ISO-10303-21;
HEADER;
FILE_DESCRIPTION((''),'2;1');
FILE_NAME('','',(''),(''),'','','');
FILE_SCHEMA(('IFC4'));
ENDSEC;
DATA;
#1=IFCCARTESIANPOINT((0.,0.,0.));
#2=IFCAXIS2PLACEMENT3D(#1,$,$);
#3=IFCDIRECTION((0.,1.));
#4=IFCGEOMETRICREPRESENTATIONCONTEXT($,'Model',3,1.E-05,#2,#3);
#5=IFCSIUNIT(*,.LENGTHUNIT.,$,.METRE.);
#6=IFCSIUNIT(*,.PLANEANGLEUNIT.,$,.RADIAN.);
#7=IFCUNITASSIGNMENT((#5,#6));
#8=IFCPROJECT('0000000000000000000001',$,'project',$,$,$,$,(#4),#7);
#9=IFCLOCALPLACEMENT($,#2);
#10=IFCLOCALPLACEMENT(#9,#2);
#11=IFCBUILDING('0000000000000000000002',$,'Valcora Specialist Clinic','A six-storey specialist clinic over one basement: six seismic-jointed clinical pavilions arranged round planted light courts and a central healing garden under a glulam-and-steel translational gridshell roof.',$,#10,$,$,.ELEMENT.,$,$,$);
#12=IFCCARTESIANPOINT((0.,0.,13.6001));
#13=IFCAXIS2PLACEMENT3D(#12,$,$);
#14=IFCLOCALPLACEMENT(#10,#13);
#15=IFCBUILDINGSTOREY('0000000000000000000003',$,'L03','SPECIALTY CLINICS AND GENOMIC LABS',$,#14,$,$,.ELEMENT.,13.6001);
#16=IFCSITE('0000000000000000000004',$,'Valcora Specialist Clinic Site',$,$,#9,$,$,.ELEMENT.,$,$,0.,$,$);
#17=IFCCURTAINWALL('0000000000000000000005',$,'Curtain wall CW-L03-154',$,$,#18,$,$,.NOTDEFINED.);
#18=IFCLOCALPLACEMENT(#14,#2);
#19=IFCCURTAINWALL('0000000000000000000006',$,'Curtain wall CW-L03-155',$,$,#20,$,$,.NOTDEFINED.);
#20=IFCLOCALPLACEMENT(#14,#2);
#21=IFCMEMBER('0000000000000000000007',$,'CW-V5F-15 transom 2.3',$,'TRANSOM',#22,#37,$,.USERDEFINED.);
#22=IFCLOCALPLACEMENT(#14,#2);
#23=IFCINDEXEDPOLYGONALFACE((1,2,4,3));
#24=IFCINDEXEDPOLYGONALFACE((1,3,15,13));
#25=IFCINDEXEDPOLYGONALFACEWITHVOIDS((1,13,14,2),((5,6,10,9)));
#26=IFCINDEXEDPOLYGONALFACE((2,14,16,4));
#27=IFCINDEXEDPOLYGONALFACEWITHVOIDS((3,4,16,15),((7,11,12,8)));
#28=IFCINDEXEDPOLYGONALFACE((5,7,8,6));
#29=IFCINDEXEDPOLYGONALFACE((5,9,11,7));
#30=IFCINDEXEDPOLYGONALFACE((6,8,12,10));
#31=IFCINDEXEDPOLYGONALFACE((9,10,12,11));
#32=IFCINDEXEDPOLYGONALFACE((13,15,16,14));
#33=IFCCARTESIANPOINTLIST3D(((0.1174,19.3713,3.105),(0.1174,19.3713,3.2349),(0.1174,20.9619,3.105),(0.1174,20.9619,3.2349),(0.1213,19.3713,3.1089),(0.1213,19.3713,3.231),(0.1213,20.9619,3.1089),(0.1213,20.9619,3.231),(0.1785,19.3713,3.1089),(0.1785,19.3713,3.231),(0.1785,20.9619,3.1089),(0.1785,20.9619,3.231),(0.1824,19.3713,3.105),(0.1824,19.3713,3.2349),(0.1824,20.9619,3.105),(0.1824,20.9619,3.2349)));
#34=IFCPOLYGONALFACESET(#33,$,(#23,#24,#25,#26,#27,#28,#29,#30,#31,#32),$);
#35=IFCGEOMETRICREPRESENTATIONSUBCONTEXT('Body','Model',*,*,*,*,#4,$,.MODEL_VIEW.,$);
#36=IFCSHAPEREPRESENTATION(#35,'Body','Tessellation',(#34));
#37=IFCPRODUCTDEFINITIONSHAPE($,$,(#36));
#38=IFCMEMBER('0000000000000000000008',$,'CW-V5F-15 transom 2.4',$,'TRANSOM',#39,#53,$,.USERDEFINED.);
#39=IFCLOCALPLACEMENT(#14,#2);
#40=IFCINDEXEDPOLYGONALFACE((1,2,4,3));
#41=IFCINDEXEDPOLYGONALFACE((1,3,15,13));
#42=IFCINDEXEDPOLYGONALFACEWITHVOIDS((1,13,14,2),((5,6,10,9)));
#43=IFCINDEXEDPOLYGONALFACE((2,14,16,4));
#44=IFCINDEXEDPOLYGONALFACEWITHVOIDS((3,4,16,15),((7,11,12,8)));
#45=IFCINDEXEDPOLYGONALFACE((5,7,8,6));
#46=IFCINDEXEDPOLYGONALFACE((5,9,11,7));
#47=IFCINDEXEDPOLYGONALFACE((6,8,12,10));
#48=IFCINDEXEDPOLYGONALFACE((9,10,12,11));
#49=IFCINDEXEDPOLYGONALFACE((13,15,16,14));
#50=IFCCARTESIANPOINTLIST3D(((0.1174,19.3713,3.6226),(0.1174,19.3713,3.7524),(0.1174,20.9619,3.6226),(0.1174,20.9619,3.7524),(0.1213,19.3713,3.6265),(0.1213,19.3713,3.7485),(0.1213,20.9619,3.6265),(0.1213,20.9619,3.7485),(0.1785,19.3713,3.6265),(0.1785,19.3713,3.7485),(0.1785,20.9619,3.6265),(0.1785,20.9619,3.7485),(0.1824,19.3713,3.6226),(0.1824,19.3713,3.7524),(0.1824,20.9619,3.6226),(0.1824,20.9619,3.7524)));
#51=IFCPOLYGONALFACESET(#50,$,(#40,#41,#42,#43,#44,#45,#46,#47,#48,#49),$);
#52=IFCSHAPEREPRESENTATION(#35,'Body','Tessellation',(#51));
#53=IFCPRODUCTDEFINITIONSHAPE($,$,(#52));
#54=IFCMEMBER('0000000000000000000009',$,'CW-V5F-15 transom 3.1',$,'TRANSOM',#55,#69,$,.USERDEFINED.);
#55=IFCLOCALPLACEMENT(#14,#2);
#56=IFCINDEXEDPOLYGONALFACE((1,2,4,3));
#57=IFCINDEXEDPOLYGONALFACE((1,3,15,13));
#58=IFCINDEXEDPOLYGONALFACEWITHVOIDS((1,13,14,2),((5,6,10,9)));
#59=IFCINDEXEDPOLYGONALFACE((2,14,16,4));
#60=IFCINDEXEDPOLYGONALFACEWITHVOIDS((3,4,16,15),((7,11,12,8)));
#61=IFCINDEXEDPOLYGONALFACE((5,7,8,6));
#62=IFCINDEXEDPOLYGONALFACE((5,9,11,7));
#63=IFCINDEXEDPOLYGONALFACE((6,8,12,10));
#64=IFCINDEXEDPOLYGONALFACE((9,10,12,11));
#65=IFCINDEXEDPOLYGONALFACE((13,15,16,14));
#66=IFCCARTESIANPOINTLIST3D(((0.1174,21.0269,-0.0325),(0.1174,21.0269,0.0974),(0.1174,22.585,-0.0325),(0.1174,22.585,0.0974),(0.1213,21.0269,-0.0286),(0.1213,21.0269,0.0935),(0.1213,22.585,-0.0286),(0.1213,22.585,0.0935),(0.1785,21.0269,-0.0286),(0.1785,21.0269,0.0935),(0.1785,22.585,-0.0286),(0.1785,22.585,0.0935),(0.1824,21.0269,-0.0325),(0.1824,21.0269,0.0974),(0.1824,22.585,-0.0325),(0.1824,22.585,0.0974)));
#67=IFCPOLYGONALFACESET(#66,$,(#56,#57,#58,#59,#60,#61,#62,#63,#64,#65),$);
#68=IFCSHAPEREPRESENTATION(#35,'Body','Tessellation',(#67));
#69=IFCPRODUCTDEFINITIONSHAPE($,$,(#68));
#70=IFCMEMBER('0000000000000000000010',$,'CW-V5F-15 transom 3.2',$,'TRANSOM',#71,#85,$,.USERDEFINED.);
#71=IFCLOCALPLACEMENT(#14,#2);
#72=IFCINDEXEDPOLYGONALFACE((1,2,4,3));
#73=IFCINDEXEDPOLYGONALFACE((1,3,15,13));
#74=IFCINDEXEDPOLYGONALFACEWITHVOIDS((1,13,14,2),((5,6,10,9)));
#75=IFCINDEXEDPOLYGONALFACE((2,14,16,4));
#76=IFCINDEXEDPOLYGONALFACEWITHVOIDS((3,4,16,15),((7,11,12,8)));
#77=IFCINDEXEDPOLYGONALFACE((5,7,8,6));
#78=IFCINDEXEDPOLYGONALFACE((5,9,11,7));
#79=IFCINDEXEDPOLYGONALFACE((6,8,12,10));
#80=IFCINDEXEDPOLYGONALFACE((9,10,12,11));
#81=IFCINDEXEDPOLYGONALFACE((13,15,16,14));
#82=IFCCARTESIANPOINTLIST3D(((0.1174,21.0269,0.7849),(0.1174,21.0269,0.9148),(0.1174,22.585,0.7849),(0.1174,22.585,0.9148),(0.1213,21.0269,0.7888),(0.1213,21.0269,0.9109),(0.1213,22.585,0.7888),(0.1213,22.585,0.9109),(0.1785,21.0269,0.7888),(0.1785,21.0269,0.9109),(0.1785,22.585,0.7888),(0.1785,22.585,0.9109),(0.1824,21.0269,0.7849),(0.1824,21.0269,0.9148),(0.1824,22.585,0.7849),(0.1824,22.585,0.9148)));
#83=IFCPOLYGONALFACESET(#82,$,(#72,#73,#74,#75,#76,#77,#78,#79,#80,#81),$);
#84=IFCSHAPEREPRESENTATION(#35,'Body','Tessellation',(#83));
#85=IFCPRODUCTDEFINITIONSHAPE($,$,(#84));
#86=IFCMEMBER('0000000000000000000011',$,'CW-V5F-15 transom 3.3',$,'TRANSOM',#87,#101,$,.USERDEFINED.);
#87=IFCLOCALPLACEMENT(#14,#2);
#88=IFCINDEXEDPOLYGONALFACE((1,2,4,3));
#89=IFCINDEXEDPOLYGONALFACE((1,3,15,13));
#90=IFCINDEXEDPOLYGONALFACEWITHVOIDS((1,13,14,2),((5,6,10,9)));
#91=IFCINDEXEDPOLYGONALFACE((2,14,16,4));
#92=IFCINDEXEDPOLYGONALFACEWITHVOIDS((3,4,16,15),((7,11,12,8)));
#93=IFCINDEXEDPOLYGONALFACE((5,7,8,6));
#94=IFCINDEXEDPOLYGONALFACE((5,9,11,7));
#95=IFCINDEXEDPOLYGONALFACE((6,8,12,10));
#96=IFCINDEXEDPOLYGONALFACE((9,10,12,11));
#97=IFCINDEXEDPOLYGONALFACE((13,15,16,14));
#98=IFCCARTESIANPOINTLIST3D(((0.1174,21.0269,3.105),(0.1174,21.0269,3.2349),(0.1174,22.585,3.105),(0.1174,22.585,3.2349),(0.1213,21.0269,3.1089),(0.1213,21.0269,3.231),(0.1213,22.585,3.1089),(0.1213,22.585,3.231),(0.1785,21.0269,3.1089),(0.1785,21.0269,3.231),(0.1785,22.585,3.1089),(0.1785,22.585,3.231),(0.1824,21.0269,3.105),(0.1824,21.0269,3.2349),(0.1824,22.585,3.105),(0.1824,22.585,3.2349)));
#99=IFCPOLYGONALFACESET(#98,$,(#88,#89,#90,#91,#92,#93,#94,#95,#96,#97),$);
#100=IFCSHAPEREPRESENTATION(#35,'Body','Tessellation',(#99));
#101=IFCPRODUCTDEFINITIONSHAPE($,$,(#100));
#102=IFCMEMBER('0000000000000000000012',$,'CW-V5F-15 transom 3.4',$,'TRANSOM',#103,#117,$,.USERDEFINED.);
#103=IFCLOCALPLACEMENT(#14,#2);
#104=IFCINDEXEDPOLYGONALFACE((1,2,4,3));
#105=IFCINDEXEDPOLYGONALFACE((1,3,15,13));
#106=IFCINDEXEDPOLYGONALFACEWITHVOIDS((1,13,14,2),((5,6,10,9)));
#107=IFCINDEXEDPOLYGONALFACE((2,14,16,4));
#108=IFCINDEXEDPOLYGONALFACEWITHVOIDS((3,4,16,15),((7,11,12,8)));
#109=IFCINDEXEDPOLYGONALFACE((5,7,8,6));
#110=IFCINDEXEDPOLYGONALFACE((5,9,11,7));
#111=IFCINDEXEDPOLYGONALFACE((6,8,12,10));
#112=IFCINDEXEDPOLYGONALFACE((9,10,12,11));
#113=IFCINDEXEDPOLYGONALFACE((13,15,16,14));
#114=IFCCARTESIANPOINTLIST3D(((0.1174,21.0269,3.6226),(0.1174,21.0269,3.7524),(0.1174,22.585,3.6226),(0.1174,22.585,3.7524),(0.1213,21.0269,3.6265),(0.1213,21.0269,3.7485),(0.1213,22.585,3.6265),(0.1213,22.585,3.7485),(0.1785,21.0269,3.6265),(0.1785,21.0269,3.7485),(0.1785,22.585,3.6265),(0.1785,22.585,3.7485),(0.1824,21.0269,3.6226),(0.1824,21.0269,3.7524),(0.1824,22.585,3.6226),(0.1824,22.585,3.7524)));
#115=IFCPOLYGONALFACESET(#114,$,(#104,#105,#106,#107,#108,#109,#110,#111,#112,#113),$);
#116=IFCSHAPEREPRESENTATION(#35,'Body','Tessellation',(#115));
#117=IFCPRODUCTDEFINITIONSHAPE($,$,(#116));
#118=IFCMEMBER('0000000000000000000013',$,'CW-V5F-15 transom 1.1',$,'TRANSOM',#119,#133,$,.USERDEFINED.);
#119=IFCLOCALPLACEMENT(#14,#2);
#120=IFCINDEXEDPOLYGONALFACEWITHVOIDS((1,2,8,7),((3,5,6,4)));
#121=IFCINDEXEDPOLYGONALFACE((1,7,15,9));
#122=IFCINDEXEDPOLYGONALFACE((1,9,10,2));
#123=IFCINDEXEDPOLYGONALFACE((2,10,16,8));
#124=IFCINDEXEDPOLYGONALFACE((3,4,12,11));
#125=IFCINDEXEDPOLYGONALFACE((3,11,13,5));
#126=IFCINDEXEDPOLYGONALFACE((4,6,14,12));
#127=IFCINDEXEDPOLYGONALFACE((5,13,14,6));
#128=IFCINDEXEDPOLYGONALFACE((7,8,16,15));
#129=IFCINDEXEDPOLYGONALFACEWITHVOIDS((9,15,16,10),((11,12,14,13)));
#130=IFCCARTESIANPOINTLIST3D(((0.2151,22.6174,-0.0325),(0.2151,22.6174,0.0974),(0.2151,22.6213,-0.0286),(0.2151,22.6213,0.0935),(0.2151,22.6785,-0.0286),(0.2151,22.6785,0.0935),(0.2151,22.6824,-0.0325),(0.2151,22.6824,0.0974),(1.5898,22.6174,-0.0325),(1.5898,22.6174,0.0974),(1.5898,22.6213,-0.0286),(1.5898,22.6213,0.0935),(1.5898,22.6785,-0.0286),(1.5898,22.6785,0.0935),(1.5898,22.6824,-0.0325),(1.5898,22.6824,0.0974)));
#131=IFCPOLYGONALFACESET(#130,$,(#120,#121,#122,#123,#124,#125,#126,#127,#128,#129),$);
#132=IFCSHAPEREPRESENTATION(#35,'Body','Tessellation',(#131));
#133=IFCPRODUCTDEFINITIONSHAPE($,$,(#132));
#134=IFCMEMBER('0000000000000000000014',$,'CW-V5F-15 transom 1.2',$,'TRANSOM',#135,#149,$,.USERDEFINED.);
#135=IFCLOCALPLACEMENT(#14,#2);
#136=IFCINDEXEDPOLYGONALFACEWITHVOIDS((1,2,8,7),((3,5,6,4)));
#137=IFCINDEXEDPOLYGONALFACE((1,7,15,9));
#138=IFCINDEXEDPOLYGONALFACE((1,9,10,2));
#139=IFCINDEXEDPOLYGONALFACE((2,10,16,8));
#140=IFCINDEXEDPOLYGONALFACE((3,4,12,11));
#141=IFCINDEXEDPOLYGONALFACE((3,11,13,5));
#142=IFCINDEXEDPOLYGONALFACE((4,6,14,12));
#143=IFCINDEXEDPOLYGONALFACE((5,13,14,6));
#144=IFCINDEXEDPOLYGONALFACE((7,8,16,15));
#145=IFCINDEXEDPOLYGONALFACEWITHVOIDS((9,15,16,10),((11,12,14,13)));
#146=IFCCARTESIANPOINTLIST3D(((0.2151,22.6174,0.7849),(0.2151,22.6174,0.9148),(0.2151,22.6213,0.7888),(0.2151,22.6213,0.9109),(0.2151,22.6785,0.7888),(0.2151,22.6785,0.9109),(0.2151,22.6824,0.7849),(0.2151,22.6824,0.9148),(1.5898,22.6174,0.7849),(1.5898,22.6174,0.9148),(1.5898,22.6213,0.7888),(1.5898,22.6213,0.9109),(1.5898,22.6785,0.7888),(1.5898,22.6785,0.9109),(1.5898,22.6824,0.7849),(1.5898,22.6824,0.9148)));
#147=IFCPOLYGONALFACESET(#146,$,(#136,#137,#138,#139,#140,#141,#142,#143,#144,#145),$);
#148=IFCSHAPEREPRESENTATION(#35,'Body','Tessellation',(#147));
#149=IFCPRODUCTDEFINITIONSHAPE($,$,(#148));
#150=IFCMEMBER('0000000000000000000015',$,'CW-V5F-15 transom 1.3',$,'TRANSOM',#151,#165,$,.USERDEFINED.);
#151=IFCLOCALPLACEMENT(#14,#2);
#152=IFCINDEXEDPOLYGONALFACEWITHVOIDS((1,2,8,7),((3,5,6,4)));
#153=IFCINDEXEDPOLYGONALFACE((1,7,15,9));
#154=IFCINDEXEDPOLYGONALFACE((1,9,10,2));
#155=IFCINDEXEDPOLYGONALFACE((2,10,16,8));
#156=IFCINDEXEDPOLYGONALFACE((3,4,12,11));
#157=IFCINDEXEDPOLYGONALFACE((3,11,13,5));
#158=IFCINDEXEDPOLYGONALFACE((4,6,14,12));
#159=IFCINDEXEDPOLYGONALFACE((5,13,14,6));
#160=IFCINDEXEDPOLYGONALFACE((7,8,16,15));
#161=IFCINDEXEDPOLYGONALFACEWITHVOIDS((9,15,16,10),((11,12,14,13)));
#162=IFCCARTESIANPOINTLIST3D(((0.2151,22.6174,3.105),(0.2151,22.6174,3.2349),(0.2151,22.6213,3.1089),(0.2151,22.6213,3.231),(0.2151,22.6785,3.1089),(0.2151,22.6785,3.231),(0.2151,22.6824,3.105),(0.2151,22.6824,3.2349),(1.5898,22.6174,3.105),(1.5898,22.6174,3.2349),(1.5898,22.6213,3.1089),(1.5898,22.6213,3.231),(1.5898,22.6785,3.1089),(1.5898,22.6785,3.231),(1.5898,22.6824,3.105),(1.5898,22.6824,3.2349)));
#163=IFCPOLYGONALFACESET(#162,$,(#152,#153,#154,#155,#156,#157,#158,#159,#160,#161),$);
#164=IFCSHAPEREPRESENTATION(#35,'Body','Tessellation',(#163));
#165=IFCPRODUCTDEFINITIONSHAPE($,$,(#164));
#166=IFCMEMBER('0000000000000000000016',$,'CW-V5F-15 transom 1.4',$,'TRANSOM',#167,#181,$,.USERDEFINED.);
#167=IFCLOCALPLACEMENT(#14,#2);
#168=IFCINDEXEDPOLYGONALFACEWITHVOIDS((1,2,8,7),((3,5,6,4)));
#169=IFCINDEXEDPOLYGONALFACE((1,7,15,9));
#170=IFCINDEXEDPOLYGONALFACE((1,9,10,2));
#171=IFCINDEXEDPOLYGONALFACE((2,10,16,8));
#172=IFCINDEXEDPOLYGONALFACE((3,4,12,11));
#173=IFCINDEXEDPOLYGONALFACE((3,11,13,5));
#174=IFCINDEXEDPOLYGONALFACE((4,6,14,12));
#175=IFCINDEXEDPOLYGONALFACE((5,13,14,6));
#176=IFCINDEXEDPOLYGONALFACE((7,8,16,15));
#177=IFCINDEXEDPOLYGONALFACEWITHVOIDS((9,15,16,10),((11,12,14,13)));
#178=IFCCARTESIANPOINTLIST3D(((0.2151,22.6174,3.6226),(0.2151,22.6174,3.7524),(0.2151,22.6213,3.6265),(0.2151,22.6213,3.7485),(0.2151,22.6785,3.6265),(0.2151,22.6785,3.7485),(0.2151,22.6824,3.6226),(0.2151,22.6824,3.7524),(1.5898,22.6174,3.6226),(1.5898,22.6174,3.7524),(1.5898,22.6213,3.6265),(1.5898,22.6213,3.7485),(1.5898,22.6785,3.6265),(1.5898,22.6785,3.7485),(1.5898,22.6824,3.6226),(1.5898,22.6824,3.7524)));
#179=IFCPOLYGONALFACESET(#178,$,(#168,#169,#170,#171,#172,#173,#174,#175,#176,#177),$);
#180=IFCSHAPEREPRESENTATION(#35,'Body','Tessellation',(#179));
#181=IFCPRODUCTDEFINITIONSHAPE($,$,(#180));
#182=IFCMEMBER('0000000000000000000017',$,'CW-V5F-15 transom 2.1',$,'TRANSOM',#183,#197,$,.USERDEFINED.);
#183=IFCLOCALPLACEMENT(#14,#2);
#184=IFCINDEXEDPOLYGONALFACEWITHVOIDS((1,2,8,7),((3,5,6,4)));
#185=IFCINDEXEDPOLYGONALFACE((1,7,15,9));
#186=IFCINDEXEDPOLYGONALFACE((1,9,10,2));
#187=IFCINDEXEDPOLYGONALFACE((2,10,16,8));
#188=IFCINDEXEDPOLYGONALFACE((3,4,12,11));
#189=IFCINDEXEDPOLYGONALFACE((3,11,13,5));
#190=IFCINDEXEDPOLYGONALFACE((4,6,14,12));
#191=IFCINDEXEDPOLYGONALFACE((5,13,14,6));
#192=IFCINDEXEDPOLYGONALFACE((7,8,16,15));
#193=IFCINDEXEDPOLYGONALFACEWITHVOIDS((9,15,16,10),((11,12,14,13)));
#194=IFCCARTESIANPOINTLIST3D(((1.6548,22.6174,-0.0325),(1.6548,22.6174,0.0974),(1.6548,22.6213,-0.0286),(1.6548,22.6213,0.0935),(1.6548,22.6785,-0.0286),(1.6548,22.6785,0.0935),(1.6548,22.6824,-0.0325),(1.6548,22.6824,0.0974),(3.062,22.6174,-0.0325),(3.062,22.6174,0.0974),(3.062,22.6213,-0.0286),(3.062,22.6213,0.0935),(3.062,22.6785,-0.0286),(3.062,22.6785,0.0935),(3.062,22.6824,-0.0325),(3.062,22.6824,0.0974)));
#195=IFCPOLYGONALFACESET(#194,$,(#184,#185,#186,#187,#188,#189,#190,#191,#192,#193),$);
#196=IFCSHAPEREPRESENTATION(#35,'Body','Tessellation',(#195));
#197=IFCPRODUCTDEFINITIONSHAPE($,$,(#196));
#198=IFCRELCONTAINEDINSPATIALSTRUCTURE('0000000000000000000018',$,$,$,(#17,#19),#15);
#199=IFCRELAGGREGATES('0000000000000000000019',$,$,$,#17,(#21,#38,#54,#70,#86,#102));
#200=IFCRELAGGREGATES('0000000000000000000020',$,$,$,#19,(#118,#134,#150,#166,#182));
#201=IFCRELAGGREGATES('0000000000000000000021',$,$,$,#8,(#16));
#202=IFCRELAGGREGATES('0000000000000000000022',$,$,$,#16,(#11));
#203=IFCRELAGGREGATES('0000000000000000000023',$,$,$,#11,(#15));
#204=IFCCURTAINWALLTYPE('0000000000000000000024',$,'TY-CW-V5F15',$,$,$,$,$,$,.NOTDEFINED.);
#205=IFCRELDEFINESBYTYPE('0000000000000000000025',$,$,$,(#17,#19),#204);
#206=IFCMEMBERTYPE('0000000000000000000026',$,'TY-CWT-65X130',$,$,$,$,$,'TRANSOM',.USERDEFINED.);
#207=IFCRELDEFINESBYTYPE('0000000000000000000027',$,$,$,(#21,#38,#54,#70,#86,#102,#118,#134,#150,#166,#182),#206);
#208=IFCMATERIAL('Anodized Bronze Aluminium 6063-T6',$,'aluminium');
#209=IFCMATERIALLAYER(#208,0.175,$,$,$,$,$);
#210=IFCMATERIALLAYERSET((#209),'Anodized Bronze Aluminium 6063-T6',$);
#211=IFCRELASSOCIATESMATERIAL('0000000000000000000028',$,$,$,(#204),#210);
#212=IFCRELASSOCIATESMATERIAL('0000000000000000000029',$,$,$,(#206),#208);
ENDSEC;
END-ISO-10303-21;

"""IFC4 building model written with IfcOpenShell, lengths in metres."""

from ifc_helpers import new_model, si_unit, direction, frame, origin, origin_2d, place, context, subcontext, project, spatial, hollow_rectangle, extrude, material, layer, layer_set, material_profile, profile_set, type_object, element, aggregate, save


model = new_model("IFC4")

# Units and contexts
model_context = context("Model", 3, precision=1e-05, world=origin(), true_north=direction((0.0, 1.0)))
body_context = subcontext(model_context, "Body", "Model", "MODEL_VIEW")
ifc_project = project(units=[si_unit("LENGTHUNIT", "METRE"), si_unit("PLANEANGLEUNIT", "RADIAN")], contexts=[model_context])

# Site, building, storey
site_placement = place(None, origin())
site = spatial("IfcSite", under=ifc_project, at=site_placement, Name="Valcora Specialist Clinic Site", CompositionType="ELEMENT", RefElevation=0.0)
building_placement = place(site_placement, origin())
building = spatial("IfcBuilding", under=site, at=building_placement, Name="Valcora Specialist Clinic", Description="A six-storey specialist clinic over one basement: six seismic-jointed clinical pavilions arranged round planted light courts and a central healing garden under a glulam-and-steel translational gridshell roof.", CompositionType="ELEMENT")
storey_placement = place(building_placement, frame((0.0, 0.0, 13.6001)))
storey = spatial("IfcBuildingStorey", under=building, at=storey_placement, Name="L03", Description="SPECIALTY CLINICS AND GENOMIC LABS", CompositionType="ELEMENT", Elevation=13.6001)

# Curtain walls
ifc_material_1 = material(Name="Anodized Bronze Aluminium 6063-T6", Category="aluminium")
ifc_layer_1 = layer(ifc_material_1, 0.175)
ifc_layer_set_1 = layer_set([ifc_layer_1], Name="Anodized Bronze Aluminium 6063-T6")
curtain_wall_type = type_object("IfcCurtainWallType", Name="TY-CW-V5F15", PredefinedType="NOTDEFINED", material=ifc_layer_set_1)
curtain_wall_1_placement = place(storey_placement, origin())
curtain_wall_1 = element("IfcCurtainWall", 1, at=curtain_wall_1_placement, inside=storey, type_object=curtain_wall_type, Name="Curtain wall CW-L03-154", PredefinedType="NOTDEFINED")
curtain_wall_2_placement = place(storey_placement, origin())
curtain_wall_2 = element("IfcCurtainWall", 2, at=curtain_wall_2_placement, inside=storey, type_object=curtain_wall_type, Name="Curtain wall CW-L03-155", PredefinedType="NOTDEFINED")

# Members
ifc_material_profile_1 = material_profile(ifc_material_1, hollow_rectangle(XDim=0.0649, YDim=0.1299, WallThickness=0.0039, at=origin_2d()), Name="AL-TRN-65X130")
ifc_profile_set_1 = profile_set([ifc_material_profile_1], Name="Anodized Bronze Aluminium 6063-T6")
member_type_1 = type_object("IfcMemberType", Name="TY-CWT-65X130", ElementType="TRANSOM", PredefinedType="USERDEFINED", material=ifc_profile_set_1)
member_1_placement = place(storey_placement, frame((0.1499, 19.3713, 3.1699), z_axis=(0.0, 1.0, 0.0), x_axis=(-1.0, 0.0, 0.0)))
member_1 = element("IfcMember", 3, at=member_1_placement, type_object=member_type_1, Name="CW-V5F-15 transom 2.3", ObjectType="TRANSOM", PredefinedType="USERDEFINED", context=body_context, shape_type="SweptSolid", body=[
    extrude(hollow_rectangle(XDim=0.0649, YDim=0.1299, WallThickness=0.0039, at=origin_2d()), origin(), (0.0, 0.0, 1.0), 1.5906),
])
member_2_placement = place(storey_placement, frame((0.1499, 19.3713, 3.6875), z_axis=(0.0, 1.0, 0.0), x_axis=(-1.0, 0.0, 0.0)))
member_2 = element("IfcMember", 4, at=member_2_placement, type_object=member_type_1, Name="CW-V5F-15 transom 2.4", ObjectType="TRANSOM", PredefinedType="USERDEFINED", context=body_context, shape_type="SweptSolid", body=[
    extrude(hollow_rectangle(XDim=0.0649, YDim=0.1299, WallThickness=0.0039, at=origin_2d()), origin(), (0.0, 0.0, 1.0), 1.5906),
])
member_3_placement = place(storey_placement, frame((0.1499, 21.0269, 0.0325), z_axis=(0.0, 1.0, 0.0), x_axis=(-1.0, 0.0, 0.0)))
member_3 = element("IfcMember", 5, at=member_3_placement, type_object=member_type_1, Name="CW-V5F-15 transom 3.1", ObjectType="TRANSOM", PredefinedType="USERDEFINED", context=body_context, shape_type="SweptSolid", body=[
    extrude(hollow_rectangle(XDim=0.0649, YDim=0.1299, WallThickness=0.0039, at=origin_2d()), origin(), (0.0, 0.0, 1.0), 1.5581),
])
member_4_placement = place(storey_placement, frame((0.1499, 21.0269, 0.8499), z_axis=(0.0, 1.0, 0.0), x_axis=(-1.0, 0.0, 0.0)))
member_4 = element("IfcMember", 6, at=member_4_placement, type_object=member_type_1, Name="CW-V5F-15 transom 3.2", ObjectType="TRANSOM", PredefinedType="USERDEFINED", context=body_context, shape_type="SweptSolid", body=[
    extrude(hollow_rectangle(XDim=0.0649, YDim=0.1299, WallThickness=0.0039, at=origin_2d()), origin(), (0.0, 0.0, 1.0), 1.5581),
])
member_5_placement = place(storey_placement, frame((0.1499, 21.0269, 3.1699), z_axis=(0.0, 1.0, 0.0), x_axis=(-1.0, 0.0, 0.0)))
member_5 = element("IfcMember", 7, at=member_5_placement, type_object=member_type_1, Name="CW-V5F-15 transom 3.3", ObjectType="TRANSOM", PredefinedType="USERDEFINED", context=body_context, shape_type="SweptSolid", body=[
    extrude(hollow_rectangle(XDim=0.0649, YDim=0.1299, WallThickness=0.0039, at=origin_2d()), origin(), (0.0, 0.0, 1.0), 1.5581),
])
member_6_placement = place(storey_placement, frame((0.1499, 21.0269, 3.6875), z_axis=(0.0, 1.0, 0.0), x_axis=(-1.0, 0.0, 0.0)))
member_6 = element("IfcMember", 8, at=member_6_placement, type_object=member_type_1, Name="CW-V5F-15 transom 3.4", ObjectType="TRANSOM", PredefinedType="USERDEFINED", context=body_context, shape_type="SweptSolid", body=[
    extrude(hollow_rectangle(XDim=0.0649, YDim=0.1299, WallThickness=0.0039, at=origin_2d()), origin(), (0.0, 0.0, 1.0), 1.5581),
])
member_7_placement = place(storey_placement, frame((0.2151, 22.6499, 0.0325), z_axis=(1.0, 0.0, 0.0), x_axis=(0.0, 1.0, 0.0)))
member_7 = element("IfcMember", 9, at=member_7_placement, type_object=member_type_1, Name="CW-V5F-15 transom 1.1", ObjectType="TRANSOM", PredefinedType="USERDEFINED", context=body_context, shape_type="SweptSolid", body=[
    extrude(hollow_rectangle(XDim=0.0649, YDim=0.1299, WallThickness=0.0039, at=origin_2d()), origin(), (0.0, 0.0, 1.0), 1.3748),
])
member_8_placement = place(storey_placement, frame((0.2151, 22.6499, 0.8499), z_axis=(1.0, 0.0, 0.0), x_axis=(0.0, 1.0, 0.0)))
member_8 = element("IfcMember", 10, at=member_8_placement, type_object=member_type_1, Name="CW-V5F-15 transom 1.2", ObjectType="TRANSOM", PredefinedType="USERDEFINED", context=body_context, shape_type="SweptSolid", body=[
    extrude(hollow_rectangle(XDim=0.0649, YDim=0.1299, WallThickness=0.0039, at=origin_2d()), origin(), (0.0, 0.0, 1.0), 1.3748),
])
member_9_placement = place(storey_placement, frame((0.2151, 22.6499, 3.1699), z_axis=(1.0, 0.0, 0.0), x_axis=(0.0, 1.0, 0.0)))
member_9 = element("IfcMember", 11, at=member_9_placement, type_object=member_type_1, Name="CW-V5F-15 transom 1.3", ObjectType="TRANSOM", PredefinedType="USERDEFINED", context=body_context, shape_type="SweptSolid", body=[
    extrude(hollow_rectangle(XDim=0.0649, YDim=0.1299, WallThickness=0.0039, at=origin_2d()), origin(), (0.0, 0.0, 1.0), 1.3748),
])
member_10_placement = place(storey_placement, frame((0.2151, 22.6499, 3.6875), z_axis=(1.0, 0.0, 0.0), x_axis=(0.0, 1.0, 0.0)))
member_10 = element("IfcMember", 12, at=member_10_placement, type_object=member_type_1, Name="CW-V5F-15 transom 1.4", ObjectType="TRANSOM", PredefinedType="USERDEFINED", context=body_context, shape_type="SweptSolid", body=[
    extrude(hollow_rectangle(XDim=0.0649, YDim=0.1299, WallThickness=0.0039, at=origin_2d()), origin(), (0.0, 0.0, 1.0), 1.3748),
])
member_11_placement = place(storey_placement, frame((1.6548, 22.6499, 0.0325), z_axis=(1.0, 0.0, 0.0), x_axis=(0.0, 1.0, 0.0)))
member_11 = element("IfcMember", 13, at=member_11_placement, type_object=member_type_1, Name="CW-V5F-15 transom 2.1", ObjectType="TRANSOM", PredefinedType="USERDEFINED", context=body_context, shape_type="SweptSolid", body=[
    extrude(hollow_rectangle(XDim=0.0649, YDim=0.1299, WallThickness=0.0039, at=origin_2d()), origin(), (0.0, 0.0, 1.0), 1.4072),
])

aggregate(curtain_wall_1, [member_1, member_2, member_3, member_4, member_5, member_6])
aggregate(curtain_wall_2, [member_7, member_8, member_9, member_10, member_11])

save(model, "model.ifc")
